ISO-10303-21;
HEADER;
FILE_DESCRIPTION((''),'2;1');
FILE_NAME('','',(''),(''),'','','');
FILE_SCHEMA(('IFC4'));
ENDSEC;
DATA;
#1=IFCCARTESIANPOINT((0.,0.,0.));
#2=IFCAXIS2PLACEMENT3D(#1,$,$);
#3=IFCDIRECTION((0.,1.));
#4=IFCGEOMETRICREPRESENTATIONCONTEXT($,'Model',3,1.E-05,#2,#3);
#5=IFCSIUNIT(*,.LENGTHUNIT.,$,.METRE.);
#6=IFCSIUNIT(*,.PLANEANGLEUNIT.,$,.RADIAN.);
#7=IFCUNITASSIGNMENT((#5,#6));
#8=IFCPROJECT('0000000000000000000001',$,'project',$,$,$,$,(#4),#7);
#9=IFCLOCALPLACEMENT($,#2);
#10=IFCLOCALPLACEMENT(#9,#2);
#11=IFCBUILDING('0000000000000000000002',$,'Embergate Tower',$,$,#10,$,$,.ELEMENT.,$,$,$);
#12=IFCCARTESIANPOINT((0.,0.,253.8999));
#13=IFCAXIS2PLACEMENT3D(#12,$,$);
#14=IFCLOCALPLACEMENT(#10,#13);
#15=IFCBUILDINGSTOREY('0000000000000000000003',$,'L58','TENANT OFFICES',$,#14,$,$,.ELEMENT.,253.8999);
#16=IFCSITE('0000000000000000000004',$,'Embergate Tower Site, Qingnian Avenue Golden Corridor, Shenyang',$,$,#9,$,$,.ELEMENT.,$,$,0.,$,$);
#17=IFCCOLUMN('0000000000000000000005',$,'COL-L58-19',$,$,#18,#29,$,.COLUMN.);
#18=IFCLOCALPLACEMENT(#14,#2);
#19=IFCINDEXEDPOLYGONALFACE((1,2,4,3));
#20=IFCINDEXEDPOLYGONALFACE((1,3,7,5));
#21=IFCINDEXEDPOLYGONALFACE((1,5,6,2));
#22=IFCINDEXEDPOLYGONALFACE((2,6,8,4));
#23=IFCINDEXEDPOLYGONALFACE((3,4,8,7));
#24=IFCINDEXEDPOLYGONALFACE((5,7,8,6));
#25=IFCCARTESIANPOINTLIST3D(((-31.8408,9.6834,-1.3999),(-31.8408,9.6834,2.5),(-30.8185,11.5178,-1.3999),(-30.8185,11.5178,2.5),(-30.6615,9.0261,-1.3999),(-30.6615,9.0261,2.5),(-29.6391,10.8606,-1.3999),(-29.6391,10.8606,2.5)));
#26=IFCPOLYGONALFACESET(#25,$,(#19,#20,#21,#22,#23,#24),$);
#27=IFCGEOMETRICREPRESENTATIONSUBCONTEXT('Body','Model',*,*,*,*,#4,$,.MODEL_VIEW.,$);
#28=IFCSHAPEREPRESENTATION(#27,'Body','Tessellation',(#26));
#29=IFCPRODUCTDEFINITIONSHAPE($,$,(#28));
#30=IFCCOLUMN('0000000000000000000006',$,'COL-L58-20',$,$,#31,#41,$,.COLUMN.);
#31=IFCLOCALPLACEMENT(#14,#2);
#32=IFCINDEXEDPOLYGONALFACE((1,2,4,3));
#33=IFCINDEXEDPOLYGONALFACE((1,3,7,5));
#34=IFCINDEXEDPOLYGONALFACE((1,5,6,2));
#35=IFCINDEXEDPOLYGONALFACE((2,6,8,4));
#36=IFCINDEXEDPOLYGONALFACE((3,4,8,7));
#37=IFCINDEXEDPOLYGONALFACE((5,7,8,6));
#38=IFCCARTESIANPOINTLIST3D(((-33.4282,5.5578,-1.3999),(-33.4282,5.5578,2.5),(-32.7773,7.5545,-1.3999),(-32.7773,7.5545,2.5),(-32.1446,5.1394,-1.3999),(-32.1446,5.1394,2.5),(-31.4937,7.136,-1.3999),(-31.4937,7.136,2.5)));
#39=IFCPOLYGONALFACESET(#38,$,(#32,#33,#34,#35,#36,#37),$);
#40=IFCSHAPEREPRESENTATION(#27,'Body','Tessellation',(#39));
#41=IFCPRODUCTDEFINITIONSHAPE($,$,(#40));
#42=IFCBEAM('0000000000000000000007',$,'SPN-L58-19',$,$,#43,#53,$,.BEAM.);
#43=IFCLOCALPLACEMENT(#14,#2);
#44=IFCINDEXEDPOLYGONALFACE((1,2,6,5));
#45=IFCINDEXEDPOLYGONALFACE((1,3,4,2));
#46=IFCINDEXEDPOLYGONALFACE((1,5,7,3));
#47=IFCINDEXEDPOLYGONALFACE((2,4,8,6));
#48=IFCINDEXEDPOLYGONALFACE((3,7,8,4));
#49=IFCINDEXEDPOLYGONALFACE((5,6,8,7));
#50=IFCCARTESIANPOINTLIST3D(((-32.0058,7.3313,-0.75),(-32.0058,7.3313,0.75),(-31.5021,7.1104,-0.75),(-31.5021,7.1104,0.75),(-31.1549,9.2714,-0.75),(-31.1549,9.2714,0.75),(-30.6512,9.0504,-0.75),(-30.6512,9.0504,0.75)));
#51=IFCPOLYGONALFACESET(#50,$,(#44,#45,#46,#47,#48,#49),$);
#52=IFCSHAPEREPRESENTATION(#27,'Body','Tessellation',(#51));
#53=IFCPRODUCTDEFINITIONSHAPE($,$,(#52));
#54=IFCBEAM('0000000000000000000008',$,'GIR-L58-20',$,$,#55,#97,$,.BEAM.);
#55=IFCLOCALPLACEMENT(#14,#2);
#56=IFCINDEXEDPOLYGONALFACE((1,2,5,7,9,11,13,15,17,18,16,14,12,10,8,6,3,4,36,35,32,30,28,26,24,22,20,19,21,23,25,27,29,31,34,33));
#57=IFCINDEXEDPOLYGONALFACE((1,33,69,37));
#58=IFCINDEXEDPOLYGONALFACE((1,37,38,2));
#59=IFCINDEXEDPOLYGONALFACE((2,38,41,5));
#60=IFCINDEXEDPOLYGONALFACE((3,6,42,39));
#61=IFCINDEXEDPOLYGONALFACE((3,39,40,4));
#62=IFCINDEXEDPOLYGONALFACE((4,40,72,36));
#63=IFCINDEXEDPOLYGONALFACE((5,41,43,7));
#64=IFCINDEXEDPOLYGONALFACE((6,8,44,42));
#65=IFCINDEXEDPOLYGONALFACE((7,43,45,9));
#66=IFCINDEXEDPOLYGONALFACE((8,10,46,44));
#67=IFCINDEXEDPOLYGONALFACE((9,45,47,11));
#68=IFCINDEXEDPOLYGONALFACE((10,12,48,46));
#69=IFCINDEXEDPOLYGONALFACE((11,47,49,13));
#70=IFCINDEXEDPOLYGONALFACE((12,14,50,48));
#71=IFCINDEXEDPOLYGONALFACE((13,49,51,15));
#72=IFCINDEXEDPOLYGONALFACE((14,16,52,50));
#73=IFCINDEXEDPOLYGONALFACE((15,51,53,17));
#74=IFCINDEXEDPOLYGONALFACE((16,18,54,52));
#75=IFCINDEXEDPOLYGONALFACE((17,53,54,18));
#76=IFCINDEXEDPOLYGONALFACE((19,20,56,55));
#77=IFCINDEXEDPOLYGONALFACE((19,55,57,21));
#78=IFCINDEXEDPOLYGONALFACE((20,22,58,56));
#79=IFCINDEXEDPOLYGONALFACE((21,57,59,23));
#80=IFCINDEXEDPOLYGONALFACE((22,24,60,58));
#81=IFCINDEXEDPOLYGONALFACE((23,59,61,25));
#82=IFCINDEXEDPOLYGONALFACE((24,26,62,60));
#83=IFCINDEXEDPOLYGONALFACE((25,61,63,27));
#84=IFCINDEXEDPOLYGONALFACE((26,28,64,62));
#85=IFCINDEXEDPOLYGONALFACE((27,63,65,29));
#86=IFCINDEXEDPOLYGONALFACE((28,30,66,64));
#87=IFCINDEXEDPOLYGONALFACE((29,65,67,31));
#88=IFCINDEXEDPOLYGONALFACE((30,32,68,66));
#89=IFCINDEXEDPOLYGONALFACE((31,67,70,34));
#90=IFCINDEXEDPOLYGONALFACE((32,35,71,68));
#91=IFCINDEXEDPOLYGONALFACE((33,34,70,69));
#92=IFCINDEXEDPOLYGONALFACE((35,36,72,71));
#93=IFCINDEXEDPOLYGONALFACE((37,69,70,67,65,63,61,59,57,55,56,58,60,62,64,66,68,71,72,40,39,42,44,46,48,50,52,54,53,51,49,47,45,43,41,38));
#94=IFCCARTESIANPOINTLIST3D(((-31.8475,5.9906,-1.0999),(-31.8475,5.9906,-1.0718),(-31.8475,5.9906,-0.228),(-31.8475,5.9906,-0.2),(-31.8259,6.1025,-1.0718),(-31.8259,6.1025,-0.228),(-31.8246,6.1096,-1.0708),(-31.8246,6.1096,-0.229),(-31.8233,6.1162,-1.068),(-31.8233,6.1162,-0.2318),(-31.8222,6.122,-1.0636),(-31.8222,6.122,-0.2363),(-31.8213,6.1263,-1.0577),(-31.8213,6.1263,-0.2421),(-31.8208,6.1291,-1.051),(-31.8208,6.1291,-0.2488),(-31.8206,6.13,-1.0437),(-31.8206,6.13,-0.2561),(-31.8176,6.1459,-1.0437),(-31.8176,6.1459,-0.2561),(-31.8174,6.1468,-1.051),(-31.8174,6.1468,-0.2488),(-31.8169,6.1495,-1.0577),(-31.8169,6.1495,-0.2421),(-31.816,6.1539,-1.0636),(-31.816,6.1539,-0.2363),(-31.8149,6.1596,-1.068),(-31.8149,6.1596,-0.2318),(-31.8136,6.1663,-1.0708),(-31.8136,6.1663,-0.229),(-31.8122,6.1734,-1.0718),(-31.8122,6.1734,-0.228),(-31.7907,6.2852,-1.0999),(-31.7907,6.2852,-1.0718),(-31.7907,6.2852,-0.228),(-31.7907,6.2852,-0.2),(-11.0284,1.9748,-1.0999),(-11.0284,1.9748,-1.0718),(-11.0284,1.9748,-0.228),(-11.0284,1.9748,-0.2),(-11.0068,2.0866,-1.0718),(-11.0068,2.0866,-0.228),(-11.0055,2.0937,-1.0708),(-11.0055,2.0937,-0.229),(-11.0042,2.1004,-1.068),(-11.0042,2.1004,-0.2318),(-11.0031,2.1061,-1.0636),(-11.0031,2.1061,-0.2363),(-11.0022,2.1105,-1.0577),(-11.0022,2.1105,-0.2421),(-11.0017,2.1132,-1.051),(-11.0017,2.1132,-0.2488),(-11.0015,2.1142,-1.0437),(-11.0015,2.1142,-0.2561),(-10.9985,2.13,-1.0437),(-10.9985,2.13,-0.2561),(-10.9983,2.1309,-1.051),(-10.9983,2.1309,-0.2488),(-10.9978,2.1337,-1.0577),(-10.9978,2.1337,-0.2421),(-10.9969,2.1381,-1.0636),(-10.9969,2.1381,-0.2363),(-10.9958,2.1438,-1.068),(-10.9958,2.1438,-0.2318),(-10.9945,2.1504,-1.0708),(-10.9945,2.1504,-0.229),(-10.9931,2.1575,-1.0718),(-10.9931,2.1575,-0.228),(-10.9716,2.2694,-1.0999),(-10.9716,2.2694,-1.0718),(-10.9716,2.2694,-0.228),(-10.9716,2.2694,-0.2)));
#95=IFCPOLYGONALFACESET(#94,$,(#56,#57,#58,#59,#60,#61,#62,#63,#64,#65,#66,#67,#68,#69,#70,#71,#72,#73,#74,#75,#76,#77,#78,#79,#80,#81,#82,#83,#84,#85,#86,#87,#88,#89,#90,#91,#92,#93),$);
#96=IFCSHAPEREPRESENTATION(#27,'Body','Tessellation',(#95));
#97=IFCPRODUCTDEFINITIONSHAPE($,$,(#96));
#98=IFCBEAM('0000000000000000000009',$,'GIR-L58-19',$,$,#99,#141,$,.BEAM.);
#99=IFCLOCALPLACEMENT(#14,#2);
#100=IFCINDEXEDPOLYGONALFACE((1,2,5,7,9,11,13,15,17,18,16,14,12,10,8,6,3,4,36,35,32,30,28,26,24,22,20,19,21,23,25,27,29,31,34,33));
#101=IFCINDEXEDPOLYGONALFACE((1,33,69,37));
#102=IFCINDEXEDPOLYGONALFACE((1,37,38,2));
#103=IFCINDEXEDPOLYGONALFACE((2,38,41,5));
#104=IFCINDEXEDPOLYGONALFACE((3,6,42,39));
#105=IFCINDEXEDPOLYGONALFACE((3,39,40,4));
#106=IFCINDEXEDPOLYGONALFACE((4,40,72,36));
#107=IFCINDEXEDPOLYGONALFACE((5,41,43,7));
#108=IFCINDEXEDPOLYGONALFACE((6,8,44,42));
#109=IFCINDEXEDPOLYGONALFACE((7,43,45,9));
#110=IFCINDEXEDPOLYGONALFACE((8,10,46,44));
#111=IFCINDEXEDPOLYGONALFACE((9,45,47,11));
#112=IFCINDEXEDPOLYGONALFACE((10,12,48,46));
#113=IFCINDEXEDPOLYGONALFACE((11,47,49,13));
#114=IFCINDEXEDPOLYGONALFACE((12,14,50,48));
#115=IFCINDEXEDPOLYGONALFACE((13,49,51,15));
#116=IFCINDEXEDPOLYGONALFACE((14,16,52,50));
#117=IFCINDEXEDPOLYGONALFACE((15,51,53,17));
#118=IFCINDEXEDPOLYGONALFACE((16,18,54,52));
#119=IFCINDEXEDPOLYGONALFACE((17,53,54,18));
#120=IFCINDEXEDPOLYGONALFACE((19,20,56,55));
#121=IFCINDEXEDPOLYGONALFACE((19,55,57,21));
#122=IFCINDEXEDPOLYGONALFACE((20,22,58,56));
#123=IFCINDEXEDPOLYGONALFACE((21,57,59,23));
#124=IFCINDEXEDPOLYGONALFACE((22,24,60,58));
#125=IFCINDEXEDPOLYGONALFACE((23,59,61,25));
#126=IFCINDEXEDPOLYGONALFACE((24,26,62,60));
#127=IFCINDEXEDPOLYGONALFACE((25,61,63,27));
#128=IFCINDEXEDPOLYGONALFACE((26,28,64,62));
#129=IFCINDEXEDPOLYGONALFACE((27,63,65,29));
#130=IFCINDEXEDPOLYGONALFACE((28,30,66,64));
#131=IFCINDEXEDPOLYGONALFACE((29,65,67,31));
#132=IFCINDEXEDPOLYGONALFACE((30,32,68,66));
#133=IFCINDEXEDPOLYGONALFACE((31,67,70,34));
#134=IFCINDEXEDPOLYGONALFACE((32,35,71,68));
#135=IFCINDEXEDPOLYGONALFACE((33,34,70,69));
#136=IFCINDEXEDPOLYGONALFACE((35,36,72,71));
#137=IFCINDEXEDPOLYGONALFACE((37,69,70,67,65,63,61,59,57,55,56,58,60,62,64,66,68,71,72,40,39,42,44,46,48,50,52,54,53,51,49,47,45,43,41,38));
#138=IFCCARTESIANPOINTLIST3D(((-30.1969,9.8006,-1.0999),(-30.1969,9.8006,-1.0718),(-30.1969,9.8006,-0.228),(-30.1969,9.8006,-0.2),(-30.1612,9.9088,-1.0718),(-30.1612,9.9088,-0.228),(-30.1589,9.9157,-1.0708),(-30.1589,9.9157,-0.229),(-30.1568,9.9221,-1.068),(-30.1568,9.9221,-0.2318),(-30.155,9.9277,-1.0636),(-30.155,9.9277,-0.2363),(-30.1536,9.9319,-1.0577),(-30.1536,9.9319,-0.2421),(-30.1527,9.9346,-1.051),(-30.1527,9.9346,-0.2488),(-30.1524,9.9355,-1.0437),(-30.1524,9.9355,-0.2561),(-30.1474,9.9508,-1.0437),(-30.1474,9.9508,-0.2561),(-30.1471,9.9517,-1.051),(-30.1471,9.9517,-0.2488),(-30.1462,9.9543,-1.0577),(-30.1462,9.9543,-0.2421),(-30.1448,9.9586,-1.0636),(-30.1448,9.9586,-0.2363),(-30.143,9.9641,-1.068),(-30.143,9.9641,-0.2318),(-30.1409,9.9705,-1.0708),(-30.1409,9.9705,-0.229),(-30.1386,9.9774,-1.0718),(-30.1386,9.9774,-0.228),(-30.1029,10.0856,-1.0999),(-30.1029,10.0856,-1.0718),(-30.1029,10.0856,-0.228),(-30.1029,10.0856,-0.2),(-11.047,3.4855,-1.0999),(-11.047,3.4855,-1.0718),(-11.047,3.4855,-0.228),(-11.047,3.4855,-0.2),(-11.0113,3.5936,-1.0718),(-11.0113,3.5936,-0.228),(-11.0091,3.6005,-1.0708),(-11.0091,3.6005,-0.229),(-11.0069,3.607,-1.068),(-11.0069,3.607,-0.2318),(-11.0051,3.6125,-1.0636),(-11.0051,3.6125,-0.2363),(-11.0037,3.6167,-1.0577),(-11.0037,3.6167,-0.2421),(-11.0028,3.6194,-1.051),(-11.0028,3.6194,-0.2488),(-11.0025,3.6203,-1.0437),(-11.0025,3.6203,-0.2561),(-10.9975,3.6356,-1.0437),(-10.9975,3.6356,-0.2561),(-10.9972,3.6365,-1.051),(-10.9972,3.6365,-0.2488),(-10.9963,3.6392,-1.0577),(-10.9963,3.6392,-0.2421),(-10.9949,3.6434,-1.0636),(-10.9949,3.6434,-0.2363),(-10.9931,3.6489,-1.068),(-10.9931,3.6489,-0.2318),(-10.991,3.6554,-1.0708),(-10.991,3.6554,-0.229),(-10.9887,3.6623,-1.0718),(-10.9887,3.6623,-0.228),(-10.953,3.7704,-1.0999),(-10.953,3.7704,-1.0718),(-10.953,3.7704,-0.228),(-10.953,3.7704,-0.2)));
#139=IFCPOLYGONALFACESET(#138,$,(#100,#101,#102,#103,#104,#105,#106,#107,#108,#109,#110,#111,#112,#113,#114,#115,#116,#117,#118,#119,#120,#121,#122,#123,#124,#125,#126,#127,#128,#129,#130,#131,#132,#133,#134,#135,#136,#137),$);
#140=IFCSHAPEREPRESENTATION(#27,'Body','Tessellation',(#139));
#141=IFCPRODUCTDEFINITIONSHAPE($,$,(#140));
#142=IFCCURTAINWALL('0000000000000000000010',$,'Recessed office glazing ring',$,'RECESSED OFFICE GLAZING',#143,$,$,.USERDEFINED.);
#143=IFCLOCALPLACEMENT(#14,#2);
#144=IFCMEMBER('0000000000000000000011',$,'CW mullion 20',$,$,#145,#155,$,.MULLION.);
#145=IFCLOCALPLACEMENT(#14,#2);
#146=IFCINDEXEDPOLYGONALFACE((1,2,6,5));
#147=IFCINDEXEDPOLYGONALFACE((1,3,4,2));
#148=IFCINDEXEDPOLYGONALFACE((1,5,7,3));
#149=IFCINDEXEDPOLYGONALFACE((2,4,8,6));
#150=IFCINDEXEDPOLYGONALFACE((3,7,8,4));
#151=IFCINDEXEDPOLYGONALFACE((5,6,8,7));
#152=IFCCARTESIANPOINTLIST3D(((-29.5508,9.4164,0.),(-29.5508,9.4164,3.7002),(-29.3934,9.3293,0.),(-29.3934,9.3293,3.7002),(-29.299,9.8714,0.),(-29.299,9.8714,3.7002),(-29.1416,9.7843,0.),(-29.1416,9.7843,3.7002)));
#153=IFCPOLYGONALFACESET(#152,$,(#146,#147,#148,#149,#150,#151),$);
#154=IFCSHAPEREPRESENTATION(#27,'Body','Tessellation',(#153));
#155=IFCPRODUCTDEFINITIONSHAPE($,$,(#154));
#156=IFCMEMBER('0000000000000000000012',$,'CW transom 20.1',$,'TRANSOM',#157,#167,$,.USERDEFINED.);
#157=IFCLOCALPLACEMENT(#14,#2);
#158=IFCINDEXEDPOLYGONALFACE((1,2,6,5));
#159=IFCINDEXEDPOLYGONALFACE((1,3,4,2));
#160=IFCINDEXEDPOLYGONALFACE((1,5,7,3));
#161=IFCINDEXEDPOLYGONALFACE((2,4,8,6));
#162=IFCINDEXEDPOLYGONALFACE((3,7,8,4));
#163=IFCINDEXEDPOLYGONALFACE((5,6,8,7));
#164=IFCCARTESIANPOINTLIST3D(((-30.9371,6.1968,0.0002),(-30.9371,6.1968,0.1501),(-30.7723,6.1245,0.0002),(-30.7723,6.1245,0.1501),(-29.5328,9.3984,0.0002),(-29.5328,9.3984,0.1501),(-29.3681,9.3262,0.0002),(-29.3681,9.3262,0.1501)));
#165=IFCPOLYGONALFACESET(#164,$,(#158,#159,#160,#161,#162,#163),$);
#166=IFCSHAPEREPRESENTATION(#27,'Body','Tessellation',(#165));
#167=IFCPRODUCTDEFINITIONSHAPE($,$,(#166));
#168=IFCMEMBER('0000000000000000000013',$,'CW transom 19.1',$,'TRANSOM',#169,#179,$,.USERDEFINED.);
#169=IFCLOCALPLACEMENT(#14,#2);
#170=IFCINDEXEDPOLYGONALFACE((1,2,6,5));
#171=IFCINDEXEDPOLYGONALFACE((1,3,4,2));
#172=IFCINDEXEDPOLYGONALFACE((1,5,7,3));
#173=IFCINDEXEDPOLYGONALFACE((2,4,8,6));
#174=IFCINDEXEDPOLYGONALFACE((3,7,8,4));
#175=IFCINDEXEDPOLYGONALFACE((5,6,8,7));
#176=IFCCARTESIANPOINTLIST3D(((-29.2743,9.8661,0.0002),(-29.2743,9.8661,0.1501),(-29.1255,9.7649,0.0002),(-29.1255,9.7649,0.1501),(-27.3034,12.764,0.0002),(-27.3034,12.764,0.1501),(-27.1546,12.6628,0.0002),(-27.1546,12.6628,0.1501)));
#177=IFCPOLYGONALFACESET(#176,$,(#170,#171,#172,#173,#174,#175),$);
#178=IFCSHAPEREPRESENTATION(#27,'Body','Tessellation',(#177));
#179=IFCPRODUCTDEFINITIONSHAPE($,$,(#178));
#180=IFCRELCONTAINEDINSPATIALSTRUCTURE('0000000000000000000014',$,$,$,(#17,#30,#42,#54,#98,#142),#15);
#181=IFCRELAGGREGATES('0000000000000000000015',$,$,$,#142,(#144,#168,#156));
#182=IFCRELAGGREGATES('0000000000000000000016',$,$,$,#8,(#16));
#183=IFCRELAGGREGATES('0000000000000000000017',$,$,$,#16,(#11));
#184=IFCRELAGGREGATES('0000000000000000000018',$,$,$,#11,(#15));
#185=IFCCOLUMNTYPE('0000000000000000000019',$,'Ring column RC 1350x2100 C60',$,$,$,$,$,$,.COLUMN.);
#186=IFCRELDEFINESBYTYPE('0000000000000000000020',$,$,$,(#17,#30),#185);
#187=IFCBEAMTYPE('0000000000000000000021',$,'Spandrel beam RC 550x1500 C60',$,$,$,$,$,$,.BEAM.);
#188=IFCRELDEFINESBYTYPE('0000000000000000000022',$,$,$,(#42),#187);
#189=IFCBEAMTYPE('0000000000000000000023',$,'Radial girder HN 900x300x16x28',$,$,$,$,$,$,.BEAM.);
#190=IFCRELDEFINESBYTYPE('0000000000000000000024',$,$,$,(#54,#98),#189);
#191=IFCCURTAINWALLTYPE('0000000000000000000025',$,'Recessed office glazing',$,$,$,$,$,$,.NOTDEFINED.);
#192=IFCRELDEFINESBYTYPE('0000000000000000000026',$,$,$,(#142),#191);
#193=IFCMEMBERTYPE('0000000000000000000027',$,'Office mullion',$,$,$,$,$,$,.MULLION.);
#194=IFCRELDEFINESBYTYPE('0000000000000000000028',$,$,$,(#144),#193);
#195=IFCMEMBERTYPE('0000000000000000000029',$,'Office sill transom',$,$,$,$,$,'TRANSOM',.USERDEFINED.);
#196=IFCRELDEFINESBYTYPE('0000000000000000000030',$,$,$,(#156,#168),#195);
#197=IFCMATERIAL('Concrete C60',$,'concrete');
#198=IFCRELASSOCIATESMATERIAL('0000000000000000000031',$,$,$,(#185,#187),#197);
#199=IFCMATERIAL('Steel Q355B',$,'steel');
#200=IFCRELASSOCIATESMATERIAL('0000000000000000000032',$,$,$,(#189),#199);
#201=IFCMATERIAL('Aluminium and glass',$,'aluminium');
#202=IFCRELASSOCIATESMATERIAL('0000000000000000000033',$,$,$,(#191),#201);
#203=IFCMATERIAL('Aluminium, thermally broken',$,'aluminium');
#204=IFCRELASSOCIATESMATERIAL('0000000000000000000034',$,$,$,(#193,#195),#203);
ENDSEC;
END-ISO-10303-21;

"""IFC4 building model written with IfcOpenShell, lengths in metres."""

from ifc_helpers import new_model, si_unit, direction, frame, origin, origin_2d, place, context, subcontext, project, spatial, rectangle, i_section, extrude, source, transform, mapped, material, material_profile, profile_set, type_object, element, aggregate, save


model = new_model("IFC4")

# Units and contexts
model_context = context("Model", 3, precision=1e-05, world=origin(), true_north=direction((0.0, 1.0)))
body_context = subcontext(model_context, "Body", "Model", "MODEL_VIEW")
ifc_project = project(units=[si_unit("LENGTHUNIT", "METRE"), si_unit("PLANEANGLEUNIT", "RADIAN")], contexts=[model_context])

# Site, building, storey
site_placement = place(None, origin())
site = spatial("IfcSite", under=ifc_project, at=site_placement, Name="Embergate Tower Site, Qingnian Avenue Golden Corridor, Shenyang", CompositionType="ELEMENT", RefElevation=0.0)
building_placement = place(site_placement, origin())
building = spatial("IfcBuilding", under=site, at=building_placement, Name="Embergate Tower", CompositionType="ELEMENT")
storey_placement = place(building_placement, frame((0.0, 0.0, 253.8999)))
storey = spatial("IfcBuildingStorey", under=building, at=storey_placement, Name="L58", Description="TENANT OFFICES", CompositionType="ELEMENT", Elevation=253.8999)

# Columns
ifc_material_1 = material(Name="Concrete C60", Category="concrete")
ifc_material_profile_1 = material_profile(ifc_material_1, rectangle(XDim=1.3501, YDim=2.1001, at=origin_2d()), Name="RC 1350x2100")
ifc_profile_set_1 = profile_set([ifc_material_profile_1], Name="Concrete C60")
column_type = type_object("IfcColumnType", Name="Ring column RC 1350x2100 C60", PredefinedType="COLUMN", material=ifc_profile_set_1)
shared_shape_1 = source(origin(), body_context, "Body", "SweptSolid", [
    extrude(rectangle(XDim=1.3501, YDim=2.1001, at=origin_2d()), origin(), (0.0, 0.0, 1.0), 3.8999),
])
for number, where, z_axis, x_axis, name in (
    (1, (-30.74, 10.272, -1.3999), (0.0, 0.0, 1.0), (-0.8735, 0.486823, 0.0), "COL-L58-19"),
    (2, (-32.4609, 6.3469, -1.3999), (0.0, 0.0, 1.0), (-0.950754, 0.309946, 0.0), "COL-L58-20"),
):
    element("IfcColumn", number, at=place(storey_placement, frame(where, z_axis=z_axis, x_axis=x_axis)), inside=storey, type_object=column_type, Name=name, PredefinedType="COLUMN", context=body_context, shape_type="MappedRepresentation", body=[
        mapped(shared_shape_1, transform((0.0, 0.0, 0.0))),
    ])

# Beams
ifc_material_profile_2 = material_profile(ifc_material_1, rectangle(XDim=0.55, YDim=1.5, at=origin_2d()), Name="RC 550x1500")
ifc_profile_set_2 = profile_set([ifc_material_profile_2], Name="Concrete C60")
beam_type_1 = type_object("IfcBeamType", Name="Spandrel beam RC 550x1500 C60", PredefinedType="BEAM", material=ifc_profile_set_2)
shared_shape_2 = source(origin(), body_context, "Body", "SweptSolid", [
    extrude(rectangle(XDim=0.55, YDim=1.5, at=origin_2d()), origin(), (0.0, 0.0, 1.0), 2.1184),
])
beam_1_placement = place(storey_placement, frame((-30.9031, 9.1609, 0.0), z_axis=(-0.401653, -0.915792, 0.0), x_axis=(0.915792, -0.401653, 0.0)))
element("IfcBeam", 3, at=beam_1_placement, inside=storey, type_object=beam_type_1, Name="SPN-L58-19", PredefinedType="BEAM", context=body_context, shape_type="MappedRepresentation", body=[
    mapped(shared_shape_2, transform((0.0, 0.0, 0.0))),
])
ifc_material_2 = material(Name="Steel Q355B", Category="steel")
ifc_material_profile_3 = material_profile(ifc_material_2, i_section(OverallWidth=0.3, OverallDepth=0.8999, WebThickness=0.0161, FlangeThickness=0.0281, FilletRadius=0.0281, at=origin_2d()), Name="HN 900x300x16x28")
ifc_profile_set_3 = profile_set([ifc_material_profile_3], Name="Steel Q355 grade B")
beam_type_2 = type_object("IfcBeamType", Name="Radial girder HN 900x300x16x28", PredefinedType="BEAM", material=ifc_profile_set_3)
shared_shape_3 = source(origin(), body_context, "Body", "SweptSolid", [
    extrude(i_section(OverallWidth=0.3, OverallDepth=0.8999, WebThickness=0.0161, FlangeThickness=0.0281, FilletRadius=0.0281, at=origin_2d()), origin(), (0.0, 0.0, 1.0), 21.2029),
])
beam_2_placement = place(storey_placement, frame((-31.8191, 6.1379, -0.6499), z_axis=(0.9819, -0.189402, 0.0), x_axis=(0.189402, 0.9819, 0.0)))
element("IfcBeam", 4, at=beam_2_placement, inside=storey, type_object=beam_type_2, Name="GIR-L58-20", PredefinedType="BEAM", context=body_context, shape_type="MappedRepresentation", body=[
    mapped(shared_shape_3, transform((0.0, 0.0, 0.0))),
])
shared_shape_4 = source(origin(), body_context, "Body", "SweptSolid", [
    extrude(i_section(OverallWidth=0.3, OverallDepth=0.8999, WebThickness=0.0161, FlangeThickness=0.0281, FilletRadius=0.0281, at=origin_2d()), origin(), (0.0, 0.0, 1.0), 20.1643),
])
beam_3_placement = place(storey_placement, frame((-30.1499, 9.9431, -0.6499), z_axis=(0.949692, -0.313186, 0.0), x_axis=(0.313186, 0.949692, 0.0)))
element("IfcBeam", 5, at=beam_3_placement, inside=storey, type_object=beam_type_2, Name="GIR-L58-19", PredefinedType="BEAM", context=body_context, shape_type="MappedRepresentation", body=[
    mapped(shared_shape_4, transform((0.0, 0.0, 0.0))),
])

# Curtain wall, members
ifc_material_3 = material(Name="Aluminium and glass", Category="aluminium")
curtain_wall_type = type_object("IfcCurtainWallType", Name="Recessed office glazing", PredefinedType="NOTDEFINED", material=ifc_material_3)
curtain_wall_placement = place(storey_placement, origin())
curtain_wall = element("IfcCurtainWall", 6, at=curtain_wall_placement, inside=storey, type_object=curtain_wall_type, Name="Recessed office glazing ring", ObjectType="RECESSED OFFICE GLAZING", PredefinedType="USERDEFINED")
ifc_material_4 = material(Name="Aluminium, thermally broken", Category="aluminium")
ifc_material_profile_4 = material_profile(ifc_material_4, rectangle(XDim=0.1799, YDim=0.52, at=origin_2d()), Name="AL 520x180")
ifc_profile_set_4 = profile_set([ifc_material_profile_4], Name="Aluminium, thermally broken")
member_type_1 = type_object("IfcMemberType", Name="Office mullion", PredefinedType="MULLION", material=ifc_profile_set_4)
shared_shape_5 = source(origin(), body_context, "Body", "SweptSolid", [
    extrude(rectangle(XDim=0.1799, YDim=0.52, at=origin_2d()), origin(), (0.0, 0.0, 1.0), 3.7002),
])
member_1_placement = place(storey_placement, frame((-29.3462, 9.6003, 0.0), z_axis=(0.0, 0.0, 1.0), x_axis=(0.874994, -0.484133, 0.0)))
member_1 = element("IfcMember", 7, at=member_1_placement, type_object=member_type_1, Name="CW mullion 20", PredefinedType="MULLION", context=body_context, shape_type="MappedRepresentation", body=[
    mapped(shared_shape_5, transform((0.0, 0.0, 0.0))),
])
ifc_material_profile_5 = material_profile(ifc_material_4, rectangle(XDim=0.1799, YDim=0.1499, at=origin_2d()), Name="AL 150x180")
ifc_profile_set_5 = profile_set([ifc_material_profile_5], Name="Aluminium, thermally broken")
member_type_2 = type_object("IfcMemberType", Name="Office sill transom", ElementType="TRANSOM", PredefinedType="USERDEFINED", material=ifc_profile_set_5)
shared_shape_6 = source(origin(), body_context, "Body", "SweptSolid", [
    extrude(rectangle(XDim=0.1799, YDim=0.1499, at=origin_2d()), origin(), (0.0, 0.0, 1.0), 3.4961),
])
member_2_placement = place(storey_placement, frame((-29.4504, 9.3623, 0.0752), z_axis=(-0.401676, -0.915782, 0.0), x_axis=(0.915782, -0.401676, 0.0)))
member_2 = element("IfcMember", 8, at=member_2_placement, type_object=member_type_2, Name="CW transom 20.1", ObjectType="TRANSOM", PredefinedType="USERDEFINED", context=body_context, shape_type="MappedRepresentation", body=[
    mapped(shared_shape_6, transform((0.0, 0.0, 0.0))),
])
shared_shape_7 = source(origin(), body_context, "Body", "SweptSolid", [
    extrude(rectangle(XDim=0.1799, YDim=0.1499, at=origin_2d()), origin(), (0.0, 0.0, 1.0), 3.5046),
])
member_3_placement = place(storey_placement, frame((-27.229, 12.7134, 0.0752), z_axis=(-0.562377, -0.826881, 0.0), x_axis=(0.826881, -0.562377, 0.0)))
member_3 = element("IfcMember", 9, at=member_3_placement, type_object=member_type_2, Name="CW transom 19.1", ObjectType="TRANSOM", PredefinedType="USERDEFINED", context=body_context, shape_type="MappedRepresentation", body=[
    mapped(shared_shape_7, transform((0.0, 0.0, 0.0))),
])
aggregate(curtain_wall, [member_1, member_3, member_2])

save(model, "model.ifc")
